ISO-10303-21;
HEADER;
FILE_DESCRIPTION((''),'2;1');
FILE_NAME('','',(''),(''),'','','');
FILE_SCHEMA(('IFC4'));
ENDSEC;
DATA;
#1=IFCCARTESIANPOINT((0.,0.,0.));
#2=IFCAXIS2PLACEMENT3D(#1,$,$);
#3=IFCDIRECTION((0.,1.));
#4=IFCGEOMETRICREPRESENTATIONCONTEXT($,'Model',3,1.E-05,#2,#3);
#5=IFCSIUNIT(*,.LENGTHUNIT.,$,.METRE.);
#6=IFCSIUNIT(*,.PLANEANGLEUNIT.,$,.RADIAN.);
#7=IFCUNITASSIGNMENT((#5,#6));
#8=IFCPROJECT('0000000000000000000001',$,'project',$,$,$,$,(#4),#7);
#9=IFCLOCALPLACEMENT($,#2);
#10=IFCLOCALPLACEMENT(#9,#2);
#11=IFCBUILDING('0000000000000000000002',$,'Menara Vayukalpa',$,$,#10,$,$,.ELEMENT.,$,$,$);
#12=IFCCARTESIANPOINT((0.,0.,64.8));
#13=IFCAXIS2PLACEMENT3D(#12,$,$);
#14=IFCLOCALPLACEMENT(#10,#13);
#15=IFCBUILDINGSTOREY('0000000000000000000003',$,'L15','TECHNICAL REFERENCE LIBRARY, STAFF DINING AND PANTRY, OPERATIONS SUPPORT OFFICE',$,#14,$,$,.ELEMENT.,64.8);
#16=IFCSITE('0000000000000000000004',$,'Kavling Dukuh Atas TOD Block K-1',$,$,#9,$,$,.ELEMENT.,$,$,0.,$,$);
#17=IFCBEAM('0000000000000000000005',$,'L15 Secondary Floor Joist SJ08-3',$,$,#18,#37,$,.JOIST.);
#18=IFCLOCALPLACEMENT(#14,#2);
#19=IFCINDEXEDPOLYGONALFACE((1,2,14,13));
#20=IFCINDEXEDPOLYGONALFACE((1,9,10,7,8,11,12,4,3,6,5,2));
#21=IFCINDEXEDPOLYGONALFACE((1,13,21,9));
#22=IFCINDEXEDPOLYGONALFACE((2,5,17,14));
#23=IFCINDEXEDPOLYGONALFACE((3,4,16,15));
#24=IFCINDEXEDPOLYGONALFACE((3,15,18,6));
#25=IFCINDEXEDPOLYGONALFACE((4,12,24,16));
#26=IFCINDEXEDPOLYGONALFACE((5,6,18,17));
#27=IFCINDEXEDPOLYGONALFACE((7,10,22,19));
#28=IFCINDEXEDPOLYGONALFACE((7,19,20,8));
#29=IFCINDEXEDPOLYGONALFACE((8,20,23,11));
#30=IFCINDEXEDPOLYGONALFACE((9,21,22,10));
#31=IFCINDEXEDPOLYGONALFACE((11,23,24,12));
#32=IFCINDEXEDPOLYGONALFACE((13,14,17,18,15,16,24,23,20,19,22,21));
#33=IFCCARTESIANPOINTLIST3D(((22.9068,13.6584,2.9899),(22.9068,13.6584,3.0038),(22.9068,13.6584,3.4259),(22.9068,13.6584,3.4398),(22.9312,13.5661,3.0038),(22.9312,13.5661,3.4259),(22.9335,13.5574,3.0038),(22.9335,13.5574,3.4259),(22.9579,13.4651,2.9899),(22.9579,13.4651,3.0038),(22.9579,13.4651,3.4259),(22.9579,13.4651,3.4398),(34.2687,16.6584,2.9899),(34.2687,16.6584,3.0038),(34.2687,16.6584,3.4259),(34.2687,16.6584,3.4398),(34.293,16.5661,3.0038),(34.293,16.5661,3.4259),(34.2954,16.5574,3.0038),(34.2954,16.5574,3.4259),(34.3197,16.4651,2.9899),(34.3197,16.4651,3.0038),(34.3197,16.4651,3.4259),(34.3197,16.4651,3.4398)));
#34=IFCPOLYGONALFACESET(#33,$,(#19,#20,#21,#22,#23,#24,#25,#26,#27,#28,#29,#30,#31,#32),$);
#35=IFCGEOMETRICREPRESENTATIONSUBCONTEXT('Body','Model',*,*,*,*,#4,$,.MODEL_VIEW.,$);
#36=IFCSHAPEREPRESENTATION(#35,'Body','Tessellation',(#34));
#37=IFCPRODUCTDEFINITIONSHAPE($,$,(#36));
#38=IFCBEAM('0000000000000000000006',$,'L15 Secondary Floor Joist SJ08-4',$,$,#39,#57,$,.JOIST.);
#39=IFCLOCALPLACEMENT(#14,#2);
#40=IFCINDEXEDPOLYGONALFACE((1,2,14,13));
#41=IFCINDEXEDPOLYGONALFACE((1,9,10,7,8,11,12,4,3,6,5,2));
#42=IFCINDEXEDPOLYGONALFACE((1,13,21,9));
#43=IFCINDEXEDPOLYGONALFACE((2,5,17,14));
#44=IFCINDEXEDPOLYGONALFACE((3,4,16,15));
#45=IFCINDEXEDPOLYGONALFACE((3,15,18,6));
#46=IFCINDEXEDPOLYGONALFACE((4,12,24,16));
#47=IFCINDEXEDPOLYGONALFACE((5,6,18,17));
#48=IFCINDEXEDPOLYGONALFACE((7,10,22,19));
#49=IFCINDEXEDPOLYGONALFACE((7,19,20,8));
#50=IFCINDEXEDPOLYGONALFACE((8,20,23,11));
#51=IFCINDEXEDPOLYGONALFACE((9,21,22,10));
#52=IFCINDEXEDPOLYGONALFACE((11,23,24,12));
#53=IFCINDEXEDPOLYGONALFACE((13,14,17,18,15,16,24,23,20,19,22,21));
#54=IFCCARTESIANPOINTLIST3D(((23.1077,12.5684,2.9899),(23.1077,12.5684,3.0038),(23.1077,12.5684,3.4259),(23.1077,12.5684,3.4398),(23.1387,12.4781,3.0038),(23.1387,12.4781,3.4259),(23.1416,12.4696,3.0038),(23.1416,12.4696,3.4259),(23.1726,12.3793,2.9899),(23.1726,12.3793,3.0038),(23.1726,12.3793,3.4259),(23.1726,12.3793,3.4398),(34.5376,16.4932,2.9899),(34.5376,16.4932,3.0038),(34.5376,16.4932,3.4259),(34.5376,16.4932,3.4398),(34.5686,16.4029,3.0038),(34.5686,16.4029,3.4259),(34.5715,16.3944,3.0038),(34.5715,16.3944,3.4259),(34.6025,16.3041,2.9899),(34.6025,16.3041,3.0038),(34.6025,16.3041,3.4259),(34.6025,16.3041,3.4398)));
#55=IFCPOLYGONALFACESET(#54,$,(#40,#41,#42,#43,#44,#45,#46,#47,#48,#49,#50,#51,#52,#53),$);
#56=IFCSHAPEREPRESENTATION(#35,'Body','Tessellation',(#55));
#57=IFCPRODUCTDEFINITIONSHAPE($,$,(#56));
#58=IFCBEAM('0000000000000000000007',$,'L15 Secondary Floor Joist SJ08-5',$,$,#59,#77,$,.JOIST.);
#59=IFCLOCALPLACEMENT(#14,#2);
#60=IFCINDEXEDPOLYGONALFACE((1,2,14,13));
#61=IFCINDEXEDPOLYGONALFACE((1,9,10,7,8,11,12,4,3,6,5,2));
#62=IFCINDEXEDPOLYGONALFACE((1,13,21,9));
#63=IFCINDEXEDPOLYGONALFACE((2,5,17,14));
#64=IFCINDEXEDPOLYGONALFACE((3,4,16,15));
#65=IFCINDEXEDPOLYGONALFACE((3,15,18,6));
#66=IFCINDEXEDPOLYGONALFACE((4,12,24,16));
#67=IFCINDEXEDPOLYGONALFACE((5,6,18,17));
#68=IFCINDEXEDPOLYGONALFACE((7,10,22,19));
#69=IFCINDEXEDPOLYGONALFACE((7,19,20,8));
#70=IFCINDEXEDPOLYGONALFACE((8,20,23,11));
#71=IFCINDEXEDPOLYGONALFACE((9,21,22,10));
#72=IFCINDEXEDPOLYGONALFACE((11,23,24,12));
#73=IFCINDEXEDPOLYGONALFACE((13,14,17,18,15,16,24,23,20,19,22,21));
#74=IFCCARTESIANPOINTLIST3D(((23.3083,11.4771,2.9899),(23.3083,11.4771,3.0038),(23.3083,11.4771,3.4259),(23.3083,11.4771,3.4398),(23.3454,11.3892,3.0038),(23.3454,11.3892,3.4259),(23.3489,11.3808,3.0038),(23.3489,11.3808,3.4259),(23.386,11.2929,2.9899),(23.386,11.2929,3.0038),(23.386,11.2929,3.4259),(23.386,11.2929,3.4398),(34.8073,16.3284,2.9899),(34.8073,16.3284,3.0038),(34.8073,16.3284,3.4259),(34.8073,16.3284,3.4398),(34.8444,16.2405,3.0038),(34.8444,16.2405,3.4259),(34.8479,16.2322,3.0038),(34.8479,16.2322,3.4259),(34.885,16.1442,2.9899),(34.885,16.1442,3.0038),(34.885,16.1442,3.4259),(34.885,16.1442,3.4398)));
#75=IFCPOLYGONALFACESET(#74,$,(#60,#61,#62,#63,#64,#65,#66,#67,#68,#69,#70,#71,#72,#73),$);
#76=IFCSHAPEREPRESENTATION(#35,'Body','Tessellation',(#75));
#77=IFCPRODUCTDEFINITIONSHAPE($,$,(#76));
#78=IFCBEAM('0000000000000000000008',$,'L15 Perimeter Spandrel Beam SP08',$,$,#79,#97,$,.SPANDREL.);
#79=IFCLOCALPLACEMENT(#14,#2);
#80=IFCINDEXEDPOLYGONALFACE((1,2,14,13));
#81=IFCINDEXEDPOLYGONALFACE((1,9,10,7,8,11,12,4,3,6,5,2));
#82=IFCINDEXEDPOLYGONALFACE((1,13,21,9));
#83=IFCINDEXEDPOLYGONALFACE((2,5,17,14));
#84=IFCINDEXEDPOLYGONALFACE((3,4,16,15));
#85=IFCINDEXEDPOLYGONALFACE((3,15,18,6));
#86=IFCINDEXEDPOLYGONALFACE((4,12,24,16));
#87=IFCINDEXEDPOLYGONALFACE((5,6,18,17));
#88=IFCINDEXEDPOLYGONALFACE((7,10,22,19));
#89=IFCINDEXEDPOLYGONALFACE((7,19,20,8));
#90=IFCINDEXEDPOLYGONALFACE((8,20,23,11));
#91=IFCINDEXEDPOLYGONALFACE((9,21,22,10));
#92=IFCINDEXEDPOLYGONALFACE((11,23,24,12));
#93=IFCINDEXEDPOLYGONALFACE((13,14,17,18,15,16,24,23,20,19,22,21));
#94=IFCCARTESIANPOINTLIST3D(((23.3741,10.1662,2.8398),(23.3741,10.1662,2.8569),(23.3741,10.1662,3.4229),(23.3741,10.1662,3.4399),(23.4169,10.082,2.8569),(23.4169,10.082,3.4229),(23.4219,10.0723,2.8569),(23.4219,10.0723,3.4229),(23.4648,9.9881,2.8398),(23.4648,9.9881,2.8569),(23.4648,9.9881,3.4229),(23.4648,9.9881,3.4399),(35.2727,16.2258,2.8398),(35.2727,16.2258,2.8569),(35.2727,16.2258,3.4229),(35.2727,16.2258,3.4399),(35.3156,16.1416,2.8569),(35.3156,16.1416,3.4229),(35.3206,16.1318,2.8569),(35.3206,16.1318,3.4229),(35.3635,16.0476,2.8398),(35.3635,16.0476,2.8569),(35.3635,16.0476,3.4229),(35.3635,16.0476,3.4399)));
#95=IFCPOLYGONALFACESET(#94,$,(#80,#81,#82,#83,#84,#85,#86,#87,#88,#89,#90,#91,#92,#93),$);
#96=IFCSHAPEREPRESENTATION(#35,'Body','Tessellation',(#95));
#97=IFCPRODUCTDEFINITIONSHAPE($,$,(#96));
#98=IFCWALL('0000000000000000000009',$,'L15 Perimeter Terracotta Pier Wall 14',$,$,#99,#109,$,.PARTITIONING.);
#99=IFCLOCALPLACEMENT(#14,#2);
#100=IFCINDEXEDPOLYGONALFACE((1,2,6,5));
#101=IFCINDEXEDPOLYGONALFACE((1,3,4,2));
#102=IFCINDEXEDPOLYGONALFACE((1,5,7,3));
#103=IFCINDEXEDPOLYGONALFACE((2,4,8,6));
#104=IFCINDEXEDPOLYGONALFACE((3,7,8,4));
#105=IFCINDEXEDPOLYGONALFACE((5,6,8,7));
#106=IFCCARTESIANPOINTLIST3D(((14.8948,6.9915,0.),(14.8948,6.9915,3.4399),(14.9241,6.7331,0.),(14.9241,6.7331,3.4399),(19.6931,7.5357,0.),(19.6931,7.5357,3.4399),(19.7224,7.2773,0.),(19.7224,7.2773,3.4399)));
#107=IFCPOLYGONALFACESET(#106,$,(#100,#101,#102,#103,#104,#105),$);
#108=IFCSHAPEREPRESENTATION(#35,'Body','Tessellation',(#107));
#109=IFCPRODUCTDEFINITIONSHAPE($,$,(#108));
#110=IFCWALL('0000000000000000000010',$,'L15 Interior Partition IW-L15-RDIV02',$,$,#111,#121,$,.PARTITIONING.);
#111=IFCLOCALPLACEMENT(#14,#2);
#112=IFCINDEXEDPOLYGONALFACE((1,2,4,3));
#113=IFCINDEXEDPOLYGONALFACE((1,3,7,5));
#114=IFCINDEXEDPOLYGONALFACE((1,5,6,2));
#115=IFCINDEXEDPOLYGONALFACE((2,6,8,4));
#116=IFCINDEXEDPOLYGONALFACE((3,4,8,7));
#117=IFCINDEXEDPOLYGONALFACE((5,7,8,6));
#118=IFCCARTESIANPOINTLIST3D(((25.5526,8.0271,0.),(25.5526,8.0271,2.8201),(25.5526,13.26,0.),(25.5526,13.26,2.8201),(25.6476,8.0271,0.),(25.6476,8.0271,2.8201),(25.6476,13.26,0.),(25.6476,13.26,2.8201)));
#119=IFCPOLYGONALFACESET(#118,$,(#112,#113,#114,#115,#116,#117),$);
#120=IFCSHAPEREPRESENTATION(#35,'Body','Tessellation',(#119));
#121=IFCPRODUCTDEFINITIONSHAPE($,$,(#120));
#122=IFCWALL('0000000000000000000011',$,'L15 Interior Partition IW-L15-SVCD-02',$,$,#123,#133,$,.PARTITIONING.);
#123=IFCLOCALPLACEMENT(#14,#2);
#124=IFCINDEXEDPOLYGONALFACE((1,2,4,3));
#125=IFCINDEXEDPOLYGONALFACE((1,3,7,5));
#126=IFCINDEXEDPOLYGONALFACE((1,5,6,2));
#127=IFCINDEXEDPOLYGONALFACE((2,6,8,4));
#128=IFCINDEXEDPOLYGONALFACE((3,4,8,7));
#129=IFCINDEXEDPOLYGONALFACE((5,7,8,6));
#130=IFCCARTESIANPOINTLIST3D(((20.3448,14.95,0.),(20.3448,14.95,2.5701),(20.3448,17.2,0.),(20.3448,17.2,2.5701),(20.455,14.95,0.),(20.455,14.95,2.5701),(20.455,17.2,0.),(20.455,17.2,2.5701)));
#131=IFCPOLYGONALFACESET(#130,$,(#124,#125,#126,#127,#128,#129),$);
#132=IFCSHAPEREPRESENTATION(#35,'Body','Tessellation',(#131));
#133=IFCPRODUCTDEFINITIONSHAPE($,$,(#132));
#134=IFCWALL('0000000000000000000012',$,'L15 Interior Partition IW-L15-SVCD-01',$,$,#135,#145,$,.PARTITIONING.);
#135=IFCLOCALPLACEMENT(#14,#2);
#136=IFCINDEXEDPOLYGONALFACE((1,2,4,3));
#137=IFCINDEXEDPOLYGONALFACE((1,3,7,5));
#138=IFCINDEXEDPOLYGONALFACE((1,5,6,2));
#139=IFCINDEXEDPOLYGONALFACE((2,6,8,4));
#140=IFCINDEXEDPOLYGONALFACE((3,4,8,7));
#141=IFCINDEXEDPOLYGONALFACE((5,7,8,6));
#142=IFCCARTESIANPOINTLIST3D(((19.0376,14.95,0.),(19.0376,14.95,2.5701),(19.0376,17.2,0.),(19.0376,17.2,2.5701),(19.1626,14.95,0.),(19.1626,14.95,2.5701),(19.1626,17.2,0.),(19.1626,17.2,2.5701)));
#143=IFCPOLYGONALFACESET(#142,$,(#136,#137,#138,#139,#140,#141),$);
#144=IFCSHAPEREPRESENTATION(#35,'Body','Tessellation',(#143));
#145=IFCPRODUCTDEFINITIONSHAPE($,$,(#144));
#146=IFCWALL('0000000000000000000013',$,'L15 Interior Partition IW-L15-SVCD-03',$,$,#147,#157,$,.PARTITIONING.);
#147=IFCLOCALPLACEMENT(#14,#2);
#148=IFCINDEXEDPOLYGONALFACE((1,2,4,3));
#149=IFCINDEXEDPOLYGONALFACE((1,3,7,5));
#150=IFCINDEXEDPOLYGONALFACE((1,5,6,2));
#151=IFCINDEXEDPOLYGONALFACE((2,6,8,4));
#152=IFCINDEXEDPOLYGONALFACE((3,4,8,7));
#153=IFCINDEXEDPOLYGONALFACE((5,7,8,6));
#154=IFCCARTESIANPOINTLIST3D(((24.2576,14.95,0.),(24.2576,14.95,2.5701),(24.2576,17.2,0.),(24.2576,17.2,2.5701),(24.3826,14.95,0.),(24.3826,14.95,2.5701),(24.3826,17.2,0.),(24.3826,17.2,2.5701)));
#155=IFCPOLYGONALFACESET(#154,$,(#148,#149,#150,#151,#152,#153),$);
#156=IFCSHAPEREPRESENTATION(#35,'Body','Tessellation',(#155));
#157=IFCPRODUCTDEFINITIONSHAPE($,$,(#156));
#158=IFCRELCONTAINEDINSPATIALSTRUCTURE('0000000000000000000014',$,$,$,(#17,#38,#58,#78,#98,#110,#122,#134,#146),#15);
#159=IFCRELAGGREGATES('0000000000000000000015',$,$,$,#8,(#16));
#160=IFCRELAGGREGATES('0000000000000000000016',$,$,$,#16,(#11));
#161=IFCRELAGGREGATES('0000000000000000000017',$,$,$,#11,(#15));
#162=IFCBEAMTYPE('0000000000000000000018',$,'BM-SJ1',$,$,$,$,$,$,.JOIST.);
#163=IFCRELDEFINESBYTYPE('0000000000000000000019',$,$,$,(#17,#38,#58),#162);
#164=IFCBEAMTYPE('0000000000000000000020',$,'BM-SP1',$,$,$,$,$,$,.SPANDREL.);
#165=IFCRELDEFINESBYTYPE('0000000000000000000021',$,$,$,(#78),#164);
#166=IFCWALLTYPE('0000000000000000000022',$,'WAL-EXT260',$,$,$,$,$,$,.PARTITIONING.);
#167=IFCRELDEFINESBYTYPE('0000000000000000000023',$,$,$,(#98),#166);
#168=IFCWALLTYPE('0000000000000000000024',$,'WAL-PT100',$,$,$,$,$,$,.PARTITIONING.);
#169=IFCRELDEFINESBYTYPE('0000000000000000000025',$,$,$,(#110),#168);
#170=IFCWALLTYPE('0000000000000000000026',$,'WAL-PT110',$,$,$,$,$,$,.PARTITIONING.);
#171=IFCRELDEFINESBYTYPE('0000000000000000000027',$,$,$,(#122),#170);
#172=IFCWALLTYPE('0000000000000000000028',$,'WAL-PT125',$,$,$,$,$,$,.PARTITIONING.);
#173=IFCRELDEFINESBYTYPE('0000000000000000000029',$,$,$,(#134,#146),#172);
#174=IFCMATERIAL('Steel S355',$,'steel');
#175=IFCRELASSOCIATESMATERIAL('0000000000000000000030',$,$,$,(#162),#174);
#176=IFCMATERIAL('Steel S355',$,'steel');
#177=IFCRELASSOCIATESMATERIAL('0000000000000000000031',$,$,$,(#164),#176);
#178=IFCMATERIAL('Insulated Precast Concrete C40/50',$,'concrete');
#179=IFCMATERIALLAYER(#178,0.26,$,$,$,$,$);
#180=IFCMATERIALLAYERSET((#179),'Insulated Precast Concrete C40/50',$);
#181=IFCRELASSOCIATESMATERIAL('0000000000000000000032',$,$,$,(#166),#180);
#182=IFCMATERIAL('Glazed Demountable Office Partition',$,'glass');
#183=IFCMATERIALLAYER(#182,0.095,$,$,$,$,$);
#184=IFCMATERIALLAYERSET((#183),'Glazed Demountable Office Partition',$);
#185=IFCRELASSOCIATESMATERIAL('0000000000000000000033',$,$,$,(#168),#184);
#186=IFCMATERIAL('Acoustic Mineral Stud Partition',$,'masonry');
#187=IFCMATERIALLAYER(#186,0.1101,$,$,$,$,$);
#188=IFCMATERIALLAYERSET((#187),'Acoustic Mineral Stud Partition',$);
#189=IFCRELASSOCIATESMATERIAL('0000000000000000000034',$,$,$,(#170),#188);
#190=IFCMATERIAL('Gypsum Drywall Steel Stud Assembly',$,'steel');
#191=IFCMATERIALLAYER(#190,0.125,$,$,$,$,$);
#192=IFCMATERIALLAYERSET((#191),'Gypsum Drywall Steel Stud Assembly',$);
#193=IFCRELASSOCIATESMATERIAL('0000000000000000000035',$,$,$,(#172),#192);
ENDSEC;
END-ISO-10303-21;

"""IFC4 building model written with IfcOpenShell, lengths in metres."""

from ifc_helpers import new_model, si_unit, direction, frame, frame_2d, origin, origin_2d, place, context, subcontext, project, spatial, rectangle, i_section, extrude, material, layer, layer_set, material_profile, profile_set, type_object, element, save


model = new_model("IFC4")

# Units and contexts
model_context = context("Model", 3, precision=1e-05, world=origin(), true_north=direction((0.0, 1.0)))
body_context = subcontext(model_context, "Body", "Model", "MODEL_VIEW")
ifc_project = project(units=[si_unit("LENGTHUNIT", "METRE"), si_unit("PLANEANGLEUNIT", "RADIAN")], contexts=[model_context])

# Site, building, storey
site_placement = place(None, origin())
site = spatial("IfcSite", under=ifc_project, at=site_placement, Name="Kavling Dukuh Atas TOD Block K-1", CompositionType="ELEMENT", RefElevation=0.0)
building_placement = place(site_placement, origin())
building = spatial("IfcBuilding", under=site, at=building_placement, Name="Menara Vayukalpa", CompositionType="ELEMENT")
storey_placement = place(building_placement, frame((0.0, 0.0, 64.8)))
storey = spatial("IfcBuildingStorey", under=building, at=storey_placement, Name="L15", Description="TECHNICAL REFERENCE LIBRARY, STAFF DINING AND PANTRY, OPERATIONS SUPPORT OFFICE", CompositionType="ELEMENT", Elevation=64.8)

# Beams
ifc_material_1 = material(Name="Steel S355", Category="steel")
ifc_material_profile_1 = material_profile(ifc_material_1, i_section(OverallWidth=0.2, OverallDepth=0.45, WebThickness=0.009, FlangeThickness=0.0139, at=origin_2d()), Name="WF 450x200x9x14")
ifc_profile_set_1 = profile_set([ifc_material_profile_1], Name="Steel S355")
beam_type_1 = type_object("IfcBeamType", Name="BM-SJ1", PredefinedType="JOIST", material=ifc_profile_set_1)
beam_1_placement = place(storey_placement, frame((22.9324, 13.5618, 3.2148), z_axis=(0.966864, 0.255293, 0.0), x_axis=(-0.255293, 0.966864, 0.0)))
element("IfcBeam", 1, at=beam_1_placement, inside=storey, type_object=beam_type_1, Name="L15 Secondary Floor Joist SJ08-3", PredefinedType="JOIST", context=body_context, shape_type="SweptSolid", body=[
    extrude(i_section(OverallWidth=0.2, OverallDepth=0.45, WebThickness=0.009, FlangeThickness=0.0139, at=origin_2d()), origin(), (0.0, 0.0, 1.0), 11.7512),
])
beam_2_placement = place(storey_placement, frame((23.1401, 12.4739, 3.2148), z_axis=(0.945794, 0.324766, 0.0), x_axis=(-0.324766, 0.945794, 0.0)))
element("IfcBeam", 2, at=beam_2_placement, inside=storey, type_object=beam_type_1, Name="L15 Secondary Floor Joist SJ08-4", PredefinedType="JOIST", context=body_context, shape_type="SweptSolid", body=[
    extrude(i_section(OverallWidth=0.2, OverallDepth=0.45, WebThickness=0.009, FlangeThickness=0.0139, at=origin_2d()), origin(), (0.0, 0.0, 1.0), 12.085),
])
beam_3_placement = place(storey_placement, frame((23.3472, 11.385, 3.2148), z_axis=(0.921359, 0.388712, 0.0), x_axis=(-0.388712, 0.921359, 0.0)))
element("IfcBeam", 3, at=beam_3_placement, inside=storey, type_object=beam_type_1, Name="L15 Secondary Floor Joist SJ08-5", PredefinedType="JOIST", context=body_context, shape_type="SweptSolid", body=[
    extrude(i_section(OverallWidth=0.2, OverallDepth=0.45, WebThickness=0.009, FlangeThickness=0.0139, at=origin_2d()), origin(), (0.0, 0.0, 1.0), 12.4805),
])
ifc_material_2 = material(Name="Steel S355", Category="steel")
ifc_material_profile_2 = material_profile(ifc_material_2, i_section(OverallWidth=0.2, OverallDepth=0.6001, WebThickness=0.011, FlangeThickness=0.0171, at=origin_2d()), Name="WF 600x200x11x17")
ifc_profile_set_2 = profile_set([ifc_material_profile_2], Name="Steel S355")
beam_type_2 = type_object("IfcBeamType", Name="BM-SP1", PredefinedType="SPANDREL", material=ifc_profile_set_2)
beam_4_placement = place(storey_placement, frame((23.4194, 10.0771, 3.1399), z_axis=(0.891101, 0.453806, 0.0), x_axis=(-0.453806, 0.891101, 0.0)))
element("IfcBeam", 4, at=beam_4_placement, inside=storey, type_object=beam_type_2, Name="L15 Perimeter Spandrel Beam SP08", PredefinedType="SPANDREL", context=body_context, shape_type="SweptSolid", body=[
    extrude(i_section(OverallWidth=0.2, OverallDepth=0.6001, WebThickness=0.011, FlangeThickness=0.0171, at=origin_2d()), origin(), (0.0, 0.0, 1.0), 13.3528),
])

# Walls
ifc_material_3 = material(Name="Insulated Precast Concrete C40/50", Category="concrete")
ifc_layer_1 = layer(ifc_material_3, 0.26)
ifc_layer_set_1 = layer_set([ifc_layer_1], Name="Insulated Precast Concrete C40/50")
wall_type_1 = type_object("IfcWallType", Name="WAL-EXT260", PredefinedType="PARTITIONING", material=ifc_layer_set_1)
wall_1_placement = place(storey_placement, frame((19.7078, 7.4065, 0.0), z_axis=(0.0, 0.0, 1.0), x_axis=(-0.99363, -0.11269, 0.0)))
element("IfcWall", 5, at=wall_1_placement, inside=storey, type_object=wall_type_1, Name="L15 Perimeter Terracotta Pier Wall 14", PredefinedType="PARTITIONING", context=body_context, shape_type="SweptSolid", body=[
    extrude(rectangle(XDim=4.8291, YDim=0.26, at=frame_2d((2.4146, 0.0))), origin(), (0.0, 0.0, 1.0), 3.4399),
])
ifc_material_4 = material(Name="Glazed Demountable Office Partition", Category="glass")
ifc_layer_2 = layer(ifc_material_4, 0.095)
ifc_layer_set_2 = layer_set([ifc_layer_2], Name="Glazed Demountable Office Partition")
wall_type_2 = type_object("IfcWallType", Name="WAL-PT100", PredefinedType="PARTITIONING", material=ifc_layer_set_2)
wall_2_placement = place(storey_placement, frame((25.6001, 8.0271, 0.0), z_axis=(0.0, 0.0, 1.0), x_axis=(0.0, 1.0, 0.0)))
element("IfcWall", 6, at=wall_2_placement, inside=storey, type_object=wall_type_2, Name="L15 Interior Partition IW-L15-RDIV02", PredefinedType="PARTITIONING", context=body_context, shape_type="SweptSolid", body=[
    extrude(rectangle(XDim=5.2329, YDim=0.095, at=frame_2d((2.6165, 0.0))), origin(), (0.0, 0.0, 1.0), 2.8201),
])
ifc_material_5 = material(Name="Acoustic Mineral Stud Partition", Category="masonry")
ifc_layer_3 = layer(ifc_material_5, 0.1101)
ifc_layer_set_3 = layer_set([ifc_layer_3], Name="Acoustic Mineral Stud Partition")
wall_type_3 = type_object("IfcWallType", Name="WAL-PT110", PredefinedType="PARTITIONING", material=ifc_layer_set_3)
wall_3_placement = place(storey_placement, frame((20.3999, 14.95, 0.0), z_axis=(0.0, 0.0, 1.0), x_axis=(0.0, 1.0, 0.0)))
element("IfcWall", 7, at=wall_3_placement, inside=storey, type_object=wall_type_3, Name="L15 Interior Partition IW-L15-SVCD-02", PredefinedType="PARTITIONING", context=body_context, shape_type="SweptSolid", body=[
    extrude(rectangle(XDim=2.25, YDim=0.1101, at=frame_2d((1.125, 0.0))), origin(), (0.0, 0.0, 1.0), 2.5701),
])
ifc_material_6 = material(Name="Gypsum Drywall Steel Stud Assembly", Category="steel")
ifc_layer_4 = layer(ifc_material_6, 0.125)
ifc_layer_set_4 = layer_set([ifc_layer_4], Name="Gypsum Drywall Steel Stud Assembly")
wall_type_4 = type_object("IfcWallType", Name="WAL-PT125", PredefinedType="PARTITIONING", material=ifc_layer_set_4)
for number, where, z_axis, x_axis, name in (
    (8, (19.1001, 14.95, 0.0), (0.0, 0.0, 1.0), (0.0, 1.0, 0.0), "L15 Interior Partition IW-L15-SVCD-01"),
    (9, (24.3201, 14.95, 0.0), (0.0, 0.0, 1.0), (0.0, 1.0, 0.0), "L15 Interior Partition IW-L15-SVCD-03"),
):
    element("IfcWall", number, at=place(storey_placement, frame(where, z_axis=z_axis, x_axis=x_axis)), inside=storey, type_object=wall_type_4, Name=name, PredefinedType="PARTITIONING", context=body_context, shape_type="SweptSolid", body=[
        extrude(rectangle(XDim=2.25, YDim=0.125, at=frame_2d((1.125, 0.0))), origin(), (0.0, 0.0, 1.0), 2.5701),
    ])

save(model, "model.ifc")
